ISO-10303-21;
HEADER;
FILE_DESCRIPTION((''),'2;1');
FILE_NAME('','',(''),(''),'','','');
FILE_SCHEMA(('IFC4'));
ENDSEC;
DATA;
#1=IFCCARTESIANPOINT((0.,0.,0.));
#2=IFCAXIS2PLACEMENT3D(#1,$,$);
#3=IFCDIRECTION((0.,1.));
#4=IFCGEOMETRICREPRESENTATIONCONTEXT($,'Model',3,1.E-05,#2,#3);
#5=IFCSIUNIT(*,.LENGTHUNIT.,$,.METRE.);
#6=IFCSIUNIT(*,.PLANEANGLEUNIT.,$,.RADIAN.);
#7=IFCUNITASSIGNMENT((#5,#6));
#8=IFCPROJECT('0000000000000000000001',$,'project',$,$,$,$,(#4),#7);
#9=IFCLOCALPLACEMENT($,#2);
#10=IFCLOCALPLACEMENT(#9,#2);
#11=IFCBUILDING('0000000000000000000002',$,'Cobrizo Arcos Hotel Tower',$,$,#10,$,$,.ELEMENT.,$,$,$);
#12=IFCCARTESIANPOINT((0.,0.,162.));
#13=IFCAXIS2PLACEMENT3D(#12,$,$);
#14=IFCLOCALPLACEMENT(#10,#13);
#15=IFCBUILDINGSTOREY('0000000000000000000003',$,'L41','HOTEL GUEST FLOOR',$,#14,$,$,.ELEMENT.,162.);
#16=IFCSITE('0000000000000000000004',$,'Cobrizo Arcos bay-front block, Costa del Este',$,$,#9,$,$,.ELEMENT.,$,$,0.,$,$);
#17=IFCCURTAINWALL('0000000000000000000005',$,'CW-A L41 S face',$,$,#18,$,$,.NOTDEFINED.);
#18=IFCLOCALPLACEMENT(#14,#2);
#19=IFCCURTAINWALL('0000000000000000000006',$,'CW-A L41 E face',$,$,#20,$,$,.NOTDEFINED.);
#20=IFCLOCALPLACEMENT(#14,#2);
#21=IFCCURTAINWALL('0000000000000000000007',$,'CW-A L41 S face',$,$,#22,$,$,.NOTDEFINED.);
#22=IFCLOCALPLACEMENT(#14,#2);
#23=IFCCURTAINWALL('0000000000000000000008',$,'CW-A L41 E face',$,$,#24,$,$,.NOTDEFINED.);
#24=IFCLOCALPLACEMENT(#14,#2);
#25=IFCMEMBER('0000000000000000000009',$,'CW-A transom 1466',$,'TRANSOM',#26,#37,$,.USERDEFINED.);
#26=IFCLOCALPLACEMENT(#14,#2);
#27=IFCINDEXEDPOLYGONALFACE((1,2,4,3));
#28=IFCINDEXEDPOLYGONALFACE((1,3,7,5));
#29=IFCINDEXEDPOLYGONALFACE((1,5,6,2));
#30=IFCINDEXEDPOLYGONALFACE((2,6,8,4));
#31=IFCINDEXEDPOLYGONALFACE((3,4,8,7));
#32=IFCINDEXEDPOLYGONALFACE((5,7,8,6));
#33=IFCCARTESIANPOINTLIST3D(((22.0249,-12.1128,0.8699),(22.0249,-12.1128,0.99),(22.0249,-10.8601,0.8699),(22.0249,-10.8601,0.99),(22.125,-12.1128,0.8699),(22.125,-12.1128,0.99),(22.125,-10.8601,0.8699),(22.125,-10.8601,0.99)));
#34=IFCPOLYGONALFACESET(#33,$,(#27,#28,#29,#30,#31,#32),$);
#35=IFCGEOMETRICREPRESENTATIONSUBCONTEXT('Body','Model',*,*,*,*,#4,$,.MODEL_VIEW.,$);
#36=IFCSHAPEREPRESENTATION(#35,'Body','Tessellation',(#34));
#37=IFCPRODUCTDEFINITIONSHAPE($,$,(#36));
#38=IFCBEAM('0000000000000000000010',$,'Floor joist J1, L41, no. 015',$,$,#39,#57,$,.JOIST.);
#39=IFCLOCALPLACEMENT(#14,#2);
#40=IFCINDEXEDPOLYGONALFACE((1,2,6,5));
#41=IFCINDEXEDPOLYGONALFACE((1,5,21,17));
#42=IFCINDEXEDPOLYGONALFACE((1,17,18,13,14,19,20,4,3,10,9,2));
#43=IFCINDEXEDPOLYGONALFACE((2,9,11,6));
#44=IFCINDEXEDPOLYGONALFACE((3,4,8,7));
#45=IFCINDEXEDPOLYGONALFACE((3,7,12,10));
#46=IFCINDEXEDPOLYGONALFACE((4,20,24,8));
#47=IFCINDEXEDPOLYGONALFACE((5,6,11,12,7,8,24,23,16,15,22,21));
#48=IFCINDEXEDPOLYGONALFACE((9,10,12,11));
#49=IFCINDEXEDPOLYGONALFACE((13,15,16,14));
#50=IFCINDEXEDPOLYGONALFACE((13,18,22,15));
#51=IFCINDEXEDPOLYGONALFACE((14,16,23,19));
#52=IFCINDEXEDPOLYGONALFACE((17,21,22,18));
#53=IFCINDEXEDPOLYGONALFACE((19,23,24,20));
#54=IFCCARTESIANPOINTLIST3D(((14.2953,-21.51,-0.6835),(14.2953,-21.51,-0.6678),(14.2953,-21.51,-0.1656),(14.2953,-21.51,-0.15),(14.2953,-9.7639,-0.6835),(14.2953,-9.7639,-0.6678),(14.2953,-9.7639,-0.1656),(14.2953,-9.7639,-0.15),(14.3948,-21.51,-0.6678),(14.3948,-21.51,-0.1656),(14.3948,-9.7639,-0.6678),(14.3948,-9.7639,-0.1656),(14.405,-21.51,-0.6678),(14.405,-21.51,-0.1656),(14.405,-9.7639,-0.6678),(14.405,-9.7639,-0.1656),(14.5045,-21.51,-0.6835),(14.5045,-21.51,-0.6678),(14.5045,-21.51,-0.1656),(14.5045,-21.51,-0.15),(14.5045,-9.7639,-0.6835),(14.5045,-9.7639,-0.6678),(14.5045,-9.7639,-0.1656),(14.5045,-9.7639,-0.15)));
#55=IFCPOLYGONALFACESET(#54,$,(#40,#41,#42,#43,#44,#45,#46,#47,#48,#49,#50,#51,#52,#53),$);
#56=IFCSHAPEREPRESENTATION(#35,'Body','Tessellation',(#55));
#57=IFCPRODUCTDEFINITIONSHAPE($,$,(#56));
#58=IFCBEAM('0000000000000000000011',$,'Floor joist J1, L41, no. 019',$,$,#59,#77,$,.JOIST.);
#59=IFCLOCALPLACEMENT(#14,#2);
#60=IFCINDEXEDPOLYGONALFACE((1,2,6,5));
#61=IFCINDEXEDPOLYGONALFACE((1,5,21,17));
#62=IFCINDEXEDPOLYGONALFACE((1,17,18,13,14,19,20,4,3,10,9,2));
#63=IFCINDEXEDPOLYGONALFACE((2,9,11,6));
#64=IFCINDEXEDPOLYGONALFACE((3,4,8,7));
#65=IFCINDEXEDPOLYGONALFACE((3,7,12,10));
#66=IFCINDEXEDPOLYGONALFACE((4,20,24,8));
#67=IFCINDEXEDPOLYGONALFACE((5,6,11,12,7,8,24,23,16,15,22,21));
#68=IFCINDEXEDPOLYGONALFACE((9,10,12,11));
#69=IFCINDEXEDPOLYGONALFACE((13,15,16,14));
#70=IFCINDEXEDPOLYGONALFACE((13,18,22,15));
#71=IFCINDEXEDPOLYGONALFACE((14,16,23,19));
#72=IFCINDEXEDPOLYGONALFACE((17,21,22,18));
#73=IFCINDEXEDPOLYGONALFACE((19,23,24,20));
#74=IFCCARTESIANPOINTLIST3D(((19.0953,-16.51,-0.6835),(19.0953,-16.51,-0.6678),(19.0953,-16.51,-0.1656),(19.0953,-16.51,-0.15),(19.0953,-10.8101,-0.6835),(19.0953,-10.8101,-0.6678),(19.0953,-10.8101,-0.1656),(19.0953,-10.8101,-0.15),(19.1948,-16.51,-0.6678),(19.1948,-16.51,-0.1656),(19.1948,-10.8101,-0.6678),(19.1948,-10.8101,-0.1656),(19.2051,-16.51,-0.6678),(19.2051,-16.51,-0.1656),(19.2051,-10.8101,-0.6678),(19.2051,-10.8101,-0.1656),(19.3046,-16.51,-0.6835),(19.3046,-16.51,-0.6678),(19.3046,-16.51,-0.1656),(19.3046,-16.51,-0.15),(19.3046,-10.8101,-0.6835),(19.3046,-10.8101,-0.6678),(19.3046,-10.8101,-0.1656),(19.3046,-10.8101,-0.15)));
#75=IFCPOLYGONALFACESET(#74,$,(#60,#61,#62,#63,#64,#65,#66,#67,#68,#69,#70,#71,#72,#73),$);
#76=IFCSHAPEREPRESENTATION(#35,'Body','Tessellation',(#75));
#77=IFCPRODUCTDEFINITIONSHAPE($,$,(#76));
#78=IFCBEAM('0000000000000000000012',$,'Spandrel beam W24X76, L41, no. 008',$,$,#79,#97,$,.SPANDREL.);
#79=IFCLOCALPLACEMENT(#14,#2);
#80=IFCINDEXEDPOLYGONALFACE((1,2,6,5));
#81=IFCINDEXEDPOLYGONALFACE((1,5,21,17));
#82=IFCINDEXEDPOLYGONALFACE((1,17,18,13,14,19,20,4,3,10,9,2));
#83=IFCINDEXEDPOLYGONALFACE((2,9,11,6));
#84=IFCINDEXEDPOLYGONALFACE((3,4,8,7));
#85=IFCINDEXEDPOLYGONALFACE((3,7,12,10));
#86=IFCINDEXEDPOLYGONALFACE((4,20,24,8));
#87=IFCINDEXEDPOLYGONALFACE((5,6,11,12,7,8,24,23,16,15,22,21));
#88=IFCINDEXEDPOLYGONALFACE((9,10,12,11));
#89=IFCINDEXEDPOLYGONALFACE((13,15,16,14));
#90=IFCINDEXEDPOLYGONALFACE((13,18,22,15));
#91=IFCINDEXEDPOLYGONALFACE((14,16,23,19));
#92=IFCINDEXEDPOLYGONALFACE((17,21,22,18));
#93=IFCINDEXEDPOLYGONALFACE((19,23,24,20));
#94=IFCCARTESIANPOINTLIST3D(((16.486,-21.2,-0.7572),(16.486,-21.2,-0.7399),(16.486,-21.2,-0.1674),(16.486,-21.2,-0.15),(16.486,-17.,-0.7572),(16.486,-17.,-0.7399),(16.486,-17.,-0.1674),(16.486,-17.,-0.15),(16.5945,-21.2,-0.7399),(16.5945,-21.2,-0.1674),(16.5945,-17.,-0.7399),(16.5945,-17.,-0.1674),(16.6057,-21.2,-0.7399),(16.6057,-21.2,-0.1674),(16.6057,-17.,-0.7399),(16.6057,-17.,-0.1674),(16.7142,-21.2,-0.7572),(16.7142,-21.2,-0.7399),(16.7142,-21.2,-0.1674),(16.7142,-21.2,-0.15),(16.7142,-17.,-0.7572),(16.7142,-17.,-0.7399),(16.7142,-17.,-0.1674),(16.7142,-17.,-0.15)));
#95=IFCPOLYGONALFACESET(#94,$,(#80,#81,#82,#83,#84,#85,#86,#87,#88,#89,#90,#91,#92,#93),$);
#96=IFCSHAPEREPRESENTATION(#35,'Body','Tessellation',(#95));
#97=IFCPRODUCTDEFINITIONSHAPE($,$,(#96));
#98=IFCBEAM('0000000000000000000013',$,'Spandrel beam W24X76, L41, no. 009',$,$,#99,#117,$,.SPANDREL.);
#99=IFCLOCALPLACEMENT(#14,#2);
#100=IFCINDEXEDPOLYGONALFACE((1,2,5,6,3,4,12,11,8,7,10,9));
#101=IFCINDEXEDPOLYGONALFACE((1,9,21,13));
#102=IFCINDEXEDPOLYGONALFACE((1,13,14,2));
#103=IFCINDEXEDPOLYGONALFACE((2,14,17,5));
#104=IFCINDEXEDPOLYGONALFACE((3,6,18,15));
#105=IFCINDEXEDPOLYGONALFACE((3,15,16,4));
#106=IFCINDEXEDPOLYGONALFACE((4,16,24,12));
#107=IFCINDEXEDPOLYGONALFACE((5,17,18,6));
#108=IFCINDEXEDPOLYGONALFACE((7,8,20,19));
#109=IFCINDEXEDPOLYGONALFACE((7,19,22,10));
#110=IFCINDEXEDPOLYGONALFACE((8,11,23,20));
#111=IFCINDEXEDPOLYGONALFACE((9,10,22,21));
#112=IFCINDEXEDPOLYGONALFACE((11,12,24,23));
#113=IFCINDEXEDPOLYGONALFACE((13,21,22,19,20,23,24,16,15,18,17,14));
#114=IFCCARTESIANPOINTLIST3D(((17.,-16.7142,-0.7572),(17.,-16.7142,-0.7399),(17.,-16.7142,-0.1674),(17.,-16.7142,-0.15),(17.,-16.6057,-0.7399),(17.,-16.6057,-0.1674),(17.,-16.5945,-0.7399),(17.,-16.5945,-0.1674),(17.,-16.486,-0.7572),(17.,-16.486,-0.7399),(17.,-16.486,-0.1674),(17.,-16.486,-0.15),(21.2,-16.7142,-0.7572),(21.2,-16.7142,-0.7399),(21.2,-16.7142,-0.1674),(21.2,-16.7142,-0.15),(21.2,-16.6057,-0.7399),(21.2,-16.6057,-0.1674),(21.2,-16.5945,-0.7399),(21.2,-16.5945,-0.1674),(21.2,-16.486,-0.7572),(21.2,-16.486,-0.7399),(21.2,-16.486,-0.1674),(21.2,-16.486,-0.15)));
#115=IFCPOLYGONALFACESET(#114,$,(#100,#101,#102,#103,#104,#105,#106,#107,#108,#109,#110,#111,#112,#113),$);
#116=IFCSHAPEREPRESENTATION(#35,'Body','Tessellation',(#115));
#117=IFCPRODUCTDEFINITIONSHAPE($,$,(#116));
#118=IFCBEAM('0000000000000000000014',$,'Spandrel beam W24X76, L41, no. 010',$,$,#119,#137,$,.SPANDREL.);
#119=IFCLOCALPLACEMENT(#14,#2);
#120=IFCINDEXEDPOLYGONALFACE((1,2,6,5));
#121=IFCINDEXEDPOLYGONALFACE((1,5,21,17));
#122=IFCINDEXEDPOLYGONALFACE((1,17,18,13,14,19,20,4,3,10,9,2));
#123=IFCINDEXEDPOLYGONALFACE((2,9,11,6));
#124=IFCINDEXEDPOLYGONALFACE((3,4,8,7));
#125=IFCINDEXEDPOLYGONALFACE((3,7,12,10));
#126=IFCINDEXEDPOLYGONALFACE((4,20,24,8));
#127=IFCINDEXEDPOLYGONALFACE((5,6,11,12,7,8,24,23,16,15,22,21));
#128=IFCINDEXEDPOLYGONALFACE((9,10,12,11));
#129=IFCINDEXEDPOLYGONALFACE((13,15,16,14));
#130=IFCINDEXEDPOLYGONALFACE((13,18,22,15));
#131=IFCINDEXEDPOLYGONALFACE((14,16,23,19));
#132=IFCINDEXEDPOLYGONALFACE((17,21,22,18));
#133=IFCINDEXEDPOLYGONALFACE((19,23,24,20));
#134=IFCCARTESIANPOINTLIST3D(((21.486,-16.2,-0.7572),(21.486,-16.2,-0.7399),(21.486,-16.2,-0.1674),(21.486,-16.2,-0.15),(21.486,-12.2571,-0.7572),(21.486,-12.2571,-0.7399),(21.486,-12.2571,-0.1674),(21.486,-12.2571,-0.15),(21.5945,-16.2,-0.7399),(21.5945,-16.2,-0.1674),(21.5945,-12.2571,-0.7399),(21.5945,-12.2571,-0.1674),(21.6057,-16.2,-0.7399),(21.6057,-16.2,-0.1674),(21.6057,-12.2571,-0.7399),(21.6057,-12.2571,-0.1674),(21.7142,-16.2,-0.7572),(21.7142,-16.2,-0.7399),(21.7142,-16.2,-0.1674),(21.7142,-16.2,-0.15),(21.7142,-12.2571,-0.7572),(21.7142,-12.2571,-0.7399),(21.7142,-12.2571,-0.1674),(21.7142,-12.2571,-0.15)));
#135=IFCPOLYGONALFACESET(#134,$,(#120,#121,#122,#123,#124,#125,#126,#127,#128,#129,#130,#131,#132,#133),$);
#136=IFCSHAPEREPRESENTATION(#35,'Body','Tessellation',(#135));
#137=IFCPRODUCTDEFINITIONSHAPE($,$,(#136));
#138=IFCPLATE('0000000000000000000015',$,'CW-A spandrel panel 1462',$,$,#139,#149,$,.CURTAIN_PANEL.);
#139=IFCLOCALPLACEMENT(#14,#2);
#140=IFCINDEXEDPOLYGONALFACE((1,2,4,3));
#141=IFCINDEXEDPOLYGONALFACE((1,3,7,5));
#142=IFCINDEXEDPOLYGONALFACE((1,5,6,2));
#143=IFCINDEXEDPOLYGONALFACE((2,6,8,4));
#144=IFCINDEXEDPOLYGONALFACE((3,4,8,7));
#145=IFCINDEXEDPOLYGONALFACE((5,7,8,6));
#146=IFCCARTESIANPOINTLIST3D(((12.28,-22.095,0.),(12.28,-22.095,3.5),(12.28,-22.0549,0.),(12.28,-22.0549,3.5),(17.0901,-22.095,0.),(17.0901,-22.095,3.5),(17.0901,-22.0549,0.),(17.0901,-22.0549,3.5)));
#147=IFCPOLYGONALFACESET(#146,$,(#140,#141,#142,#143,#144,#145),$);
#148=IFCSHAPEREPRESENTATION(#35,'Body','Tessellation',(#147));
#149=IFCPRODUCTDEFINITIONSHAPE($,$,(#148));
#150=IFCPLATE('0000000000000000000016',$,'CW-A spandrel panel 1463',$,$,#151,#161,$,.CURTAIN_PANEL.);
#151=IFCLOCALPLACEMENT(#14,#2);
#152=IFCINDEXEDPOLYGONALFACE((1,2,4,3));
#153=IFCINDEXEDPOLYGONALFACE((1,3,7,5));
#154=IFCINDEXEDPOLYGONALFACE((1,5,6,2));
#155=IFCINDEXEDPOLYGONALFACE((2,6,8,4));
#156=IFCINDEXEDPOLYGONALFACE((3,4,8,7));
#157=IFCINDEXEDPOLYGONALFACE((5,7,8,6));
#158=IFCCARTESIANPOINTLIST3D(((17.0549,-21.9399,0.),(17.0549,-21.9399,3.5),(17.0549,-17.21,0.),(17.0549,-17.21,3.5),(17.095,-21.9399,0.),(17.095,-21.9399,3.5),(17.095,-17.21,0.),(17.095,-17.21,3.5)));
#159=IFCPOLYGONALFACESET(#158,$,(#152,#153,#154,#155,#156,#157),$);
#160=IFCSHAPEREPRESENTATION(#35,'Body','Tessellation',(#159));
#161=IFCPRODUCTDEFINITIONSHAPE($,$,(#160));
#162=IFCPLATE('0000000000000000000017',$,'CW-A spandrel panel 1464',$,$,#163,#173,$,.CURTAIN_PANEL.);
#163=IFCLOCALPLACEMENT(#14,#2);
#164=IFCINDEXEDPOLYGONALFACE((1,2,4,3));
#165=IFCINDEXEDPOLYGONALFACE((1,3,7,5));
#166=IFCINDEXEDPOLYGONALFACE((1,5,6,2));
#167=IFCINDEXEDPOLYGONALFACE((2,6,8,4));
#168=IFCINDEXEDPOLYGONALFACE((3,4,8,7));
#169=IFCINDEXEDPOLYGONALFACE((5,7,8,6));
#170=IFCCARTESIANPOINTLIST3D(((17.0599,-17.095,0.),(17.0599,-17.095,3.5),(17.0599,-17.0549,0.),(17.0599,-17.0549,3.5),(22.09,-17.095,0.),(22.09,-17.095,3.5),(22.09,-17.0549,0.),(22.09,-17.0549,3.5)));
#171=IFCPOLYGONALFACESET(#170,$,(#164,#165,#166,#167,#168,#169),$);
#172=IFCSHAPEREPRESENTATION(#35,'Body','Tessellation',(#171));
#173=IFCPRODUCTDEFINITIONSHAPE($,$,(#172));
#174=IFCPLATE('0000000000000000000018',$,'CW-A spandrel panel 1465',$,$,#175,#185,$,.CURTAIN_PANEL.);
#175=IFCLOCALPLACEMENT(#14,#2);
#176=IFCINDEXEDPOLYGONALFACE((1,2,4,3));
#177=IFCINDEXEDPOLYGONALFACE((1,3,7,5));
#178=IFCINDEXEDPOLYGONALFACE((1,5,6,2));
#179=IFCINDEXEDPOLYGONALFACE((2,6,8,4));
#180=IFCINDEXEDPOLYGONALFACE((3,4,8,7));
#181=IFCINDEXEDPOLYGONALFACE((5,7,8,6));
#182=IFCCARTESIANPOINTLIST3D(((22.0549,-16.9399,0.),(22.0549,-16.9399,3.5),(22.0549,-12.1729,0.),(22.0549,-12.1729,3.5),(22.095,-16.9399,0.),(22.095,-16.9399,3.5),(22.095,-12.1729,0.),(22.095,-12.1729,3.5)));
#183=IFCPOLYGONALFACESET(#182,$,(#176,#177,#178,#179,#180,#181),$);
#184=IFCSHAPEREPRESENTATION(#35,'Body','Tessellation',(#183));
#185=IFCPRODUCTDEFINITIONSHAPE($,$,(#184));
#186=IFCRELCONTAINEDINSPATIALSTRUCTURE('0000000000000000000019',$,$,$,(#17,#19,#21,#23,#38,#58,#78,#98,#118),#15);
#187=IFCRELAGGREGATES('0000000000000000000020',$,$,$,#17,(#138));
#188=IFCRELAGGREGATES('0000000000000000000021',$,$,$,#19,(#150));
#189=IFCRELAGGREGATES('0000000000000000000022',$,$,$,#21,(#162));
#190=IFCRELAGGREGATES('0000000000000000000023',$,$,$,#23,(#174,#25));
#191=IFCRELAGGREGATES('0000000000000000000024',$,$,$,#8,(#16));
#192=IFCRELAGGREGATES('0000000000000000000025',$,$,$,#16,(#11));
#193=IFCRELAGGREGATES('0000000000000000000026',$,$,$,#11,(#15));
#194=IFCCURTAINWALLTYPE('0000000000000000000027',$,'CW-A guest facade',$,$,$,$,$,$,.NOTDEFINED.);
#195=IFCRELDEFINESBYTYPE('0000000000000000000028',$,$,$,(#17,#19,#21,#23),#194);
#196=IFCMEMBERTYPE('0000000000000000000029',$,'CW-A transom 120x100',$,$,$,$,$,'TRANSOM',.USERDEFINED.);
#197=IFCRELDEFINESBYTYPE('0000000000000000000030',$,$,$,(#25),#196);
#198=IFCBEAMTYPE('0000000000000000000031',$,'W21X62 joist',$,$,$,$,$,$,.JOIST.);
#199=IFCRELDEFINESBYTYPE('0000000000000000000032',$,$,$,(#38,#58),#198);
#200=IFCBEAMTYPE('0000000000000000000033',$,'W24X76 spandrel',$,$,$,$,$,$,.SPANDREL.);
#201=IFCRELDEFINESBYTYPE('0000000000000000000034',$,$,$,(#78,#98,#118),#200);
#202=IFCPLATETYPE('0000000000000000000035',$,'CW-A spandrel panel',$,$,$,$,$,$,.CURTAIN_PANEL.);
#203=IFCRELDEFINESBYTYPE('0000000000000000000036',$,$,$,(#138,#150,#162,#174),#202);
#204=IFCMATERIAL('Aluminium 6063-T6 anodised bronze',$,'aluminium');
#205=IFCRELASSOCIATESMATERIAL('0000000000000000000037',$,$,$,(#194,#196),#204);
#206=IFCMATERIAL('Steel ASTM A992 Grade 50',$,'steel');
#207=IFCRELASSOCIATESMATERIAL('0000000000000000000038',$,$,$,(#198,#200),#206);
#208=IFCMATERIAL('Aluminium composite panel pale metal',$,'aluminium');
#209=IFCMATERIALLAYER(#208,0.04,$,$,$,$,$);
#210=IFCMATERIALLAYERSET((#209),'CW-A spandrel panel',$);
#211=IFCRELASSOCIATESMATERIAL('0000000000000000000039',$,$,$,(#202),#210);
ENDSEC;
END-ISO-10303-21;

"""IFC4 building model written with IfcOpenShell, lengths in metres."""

from ifc_helpers import new_model, si_unit, direction, frame, origin, origin_2d, place, context, subcontext, project, spatial, rectangle, i_section, extrude, material, layer, layer_set, material_profile, profile_set, type_object, element, aggregate, save


model = new_model("IFC4")

# Units and contexts
model_context = context("Model", 3, precision=1e-05, world=origin(), true_north=direction((0.0, 1.0)))
body_context = subcontext(model_context, "Body", "Model", "MODEL_VIEW")
ifc_project = project(units=[si_unit("LENGTHUNIT", "METRE"), si_unit("PLANEANGLEUNIT", "RADIAN")], contexts=[model_context])

# Site, building, storey
site_placement = place(None, origin())
site = spatial("IfcSite", under=ifc_project, at=site_placement, Name="Cobrizo Arcos bay-front block, Costa del Este", CompositionType="ELEMENT", RefElevation=0.0)
building_placement = place(site_placement, origin())
building = spatial("IfcBuilding", under=site, at=building_placement, Name="Cobrizo Arcos Hotel Tower", CompositionType="ELEMENT")
storey_placement = place(building_placement, frame((0.0, 0.0, 162.0)))
storey = spatial("IfcBuildingStorey", under=building, at=storey_placement, Name="L41", Description="HOTEL GUEST FLOOR", CompositionType="ELEMENT", Elevation=162.0)

# Curtain wall
ifc_material_1 = material(Name="Aluminium 6063-T6 anodised bronze", Category="aluminium")
curtain_wall_type = type_object("IfcCurtainWallType", Name="CW-A guest facade", PredefinedType="NOTDEFINED", material=ifc_material_1)
curtain_wall_1_placement = place(storey_placement, origin())
curtain_wall_1 = element("IfcCurtainWall", 1, at=curtain_wall_1_placement, inside=storey, type_object=curtain_wall_type, Name="CW-A L41 S face", PredefinedType="NOTDEFINED")

# Curtain walls, member
curtain_wall_2_placement = place(storey_placement, origin())
curtain_wall_2 = element("IfcCurtainWall", 2, at=curtain_wall_2_placement, inside=storey, type_object=curtain_wall_type, Name="CW-A L41 E face", PredefinedType="NOTDEFINED")
curtain_wall_3_placement = place(storey_placement, origin())
curtain_wall_3 = element("IfcCurtainWall", 3, at=curtain_wall_3_placement, inside=storey, type_object=curtain_wall_type, Name="CW-A L41 S face", PredefinedType="NOTDEFINED")
curtain_wall_4_placement = place(storey_placement, origin())
curtain_wall_4 = element("IfcCurtainWall", 4, at=curtain_wall_4_placement, inside=storey, type_object=curtain_wall_type, Name="CW-A L41 E face", PredefinedType="NOTDEFINED")
ifc_material_profile_1 = material_profile(ifc_material_1, rectangle(XDim=0.1001, YDim=0.1201, at=origin_2d()), Name="CW-A transom 120x100")
ifc_profile_set_1 = profile_set([ifc_material_profile_1], Name="Aluminium 6063-T6 anodised bronze")
member_type_1 = type_object("IfcMemberType", Name="CW-A transom 120x100", ElementType="TRANSOM", PredefinedType="USERDEFINED", material=ifc_profile_set_1)
member_1_placement = place(storey_placement, frame((22.075, -12.1128, 0.9299), z_axis=(0.0, 1.0, 0.0), x_axis=(-1.0, 0.0, 0.0)))
member_1 = element("IfcMember", 5, at=member_1_placement, type_object=member_type_1, Name="CW-A transom 1466", ObjectType="TRANSOM", PredefinedType="USERDEFINED", context=body_context, shape_type="SweptSolid", body=[
    extrude(rectangle(XDim=0.1001, YDim=0.1201, at=origin_2d()), origin(), (0.0, 0.0, 1.0), 1.2527),
])

# Beams
ifc_material_2 = material(Name="Steel ASTM A992 Grade 50", Category="steel")
ifc_material_profile_2 = material_profile(ifc_material_2, i_section(OverallWidth=0.2092, OverallDepth=0.5334, WebThickness=0.0103, FlangeThickness=0.0156, at=origin_2d()), Name="W21X62")
ifc_profile_set_2 = profile_set([ifc_material_profile_2], Name="Steel ASTM A992 Grade 50")
beam_type_1 = type_object("IfcBeamType", Name="W21X62 joist", PredefinedType="JOIST", material=ifc_profile_set_2)
beam_1_placement = place(storey_placement, frame((14.3999, -21.51, -0.4167), z_axis=(0.0, 1.0, 0.0), x_axis=(-1.0, 0.0, 0.0)))
element("IfcBeam", 6, at=beam_1_placement, inside=storey, type_object=beam_type_1, Name="Floor joist J1, L41, no. 015", PredefinedType="JOIST", context=body_context, shape_type="SweptSolid", body=[
    extrude(i_section(OverallWidth=0.2092, OverallDepth=0.5334, WebThickness=0.0103, FlangeThickness=0.0156, at=origin_2d()), origin(), (0.0, 0.0, 1.0), 11.7461),
])
beam_2_placement = place(storey_placement, frame((19.2, -16.51, -0.4167), z_axis=(0.0, 1.0, 0.0), x_axis=(-1.0, 0.0, 0.0)))
element("IfcBeam", 7, at=beam_2_placement, inside=storey, type_object=beam_type_1, Name="Floor joist J1, L41, no. 019", PredefinedType="JOIST", context=body_context, shape_type="SweptSolid", body=[
    extrude(i_section(OverallWidth=0.2092, OverallDepth=0.5334, WebThickness=0.0103, FlangeThickness=0.0156, at=origin_2d()), origin(), (0.0, 0.0, 1.0), 5.7),
])
ifc_material_profile_3 = material_profile(ifc_material_2, i_section(OverallWidth=0.2283, OverallDepth=0.6072, WebThickness=0.0112, FlangeThickness=0.0173, at=origin_2d()), Name="W24X76")
ifc_profile_set_3 = profile_set([ifc_material_profile_3], Name="Steel ASTM A992 Grade 50")
beam_type_2 = type_object("IfcBeamType", Name="W24X76 spandrel", PredefinedType="SPANDREL", material=ifc_profile_set_3)
for number, where, z_axis, x_axis, name in (
    (8, (16.6001, -21.2, -0.4536), (0.0, 1.0, 0.0), (-1.0, 0.0, 0.0), "Spandrel beam W24X76, L41, no. 008"),
    (9, (17.0, -16.6001, -0.4536), (1.0, 0.0, 0.0), (0.0, 1.0, 0.0), "Spandrel beam W24X76, L41, no. 009"),
):
    element("IfcBeam", number, at=place(storey_placement, frame(where, z_axis=z_axis, x_axis=x_axis)), inside=storey, type_object=beam_type_2, Name=name, PredefinedType="SPANDREL", context=body_context, shape_type="SweptSolid", body=[
        extrude(i_section(OverallWidth=0.2283, OverallDepth=0.6072, WebThickness=0.0112, FlangeThickness=0.0173, at=origin_2d()), origin(), (0.0, 0.0, 1.0), 4.2),
    ])
beam_3_placement = place(storey_placement, frame((21.6001, -16.2, -0.4536), z_axis=(0.0, 1.0, 0.0), x_axis=(-1.0, 0.0, 0.0)))
element("IfcBeam", 10, at=beam_3_placement, inside=storey, type_object=beam_type_2, Name="Spandrel beam W24X76, L41, no. 010", PredefinedType="SPANDREL", context=body_context, shape_type="SweptSolid", body=[
    extrude(i_section(OverallWidth=0.2283, OverallDepth=0.6072, WebThickness=0.0112, FlangeThickness=0.0173, at=origin_2d()), origin(), (0.0, 0.0, 1.0), 3.9429),
])

# Plates
ifc_material_3 = material(Name="Aluminium composite panel pale metal", Category="aluminium")
ifc_layer_1 = layer(ifc_material_3, 0.04)
ifc_layer_set_1 = layer_set([ifc_layer_1], Name="CW-A spandrel panel")
plate_type = type_object("IfcPlateType", Name="CW-A spandrel panel", PredefinedType="CURTAIN_PANEL", material=ifc_layer_set_1)
plate_1_placement = place(storey_placement, frame((14.6851, -22.075, 0.0), z_axis=(0.0, 0.0, 1.0), x_axis=(1.0, 0.0, 0.0)))
plate_1 = element("IfcPlate", 11, at=plate_1_placement, type_object=plate_type, Name="CW-A spandrel panel 1462", PredefinedType="CURTAIN_PANEL", context=body_context, shape_type="SweptSolid", body=[
    extrude(rectangle(XDim=4.8101, YDim=0.04, at=origin_2d()), origin(), (0.0, 0.0, 1.0), 3.5),
])
aggregate(curtain_wall_1, [plate_1])
plate_2_placement = place(storey_placement, frame((17.075, -19.575, 0.0), z_axis=(0.0, 0.0, 1.0), x_axis=(0.0, 1.0, 0.0)))
plate_2 = element("IfcPlate", 12, at=plate_2_placement, type_object=plate_type, Name="CW-A spandrel panel 1463", PredefinedType="CURTAIN_PANEL", context=body_context, shape_type="SweptSolid", body=[
    extrude(rectangle(XDim=4.73, YDim=0.04, at=origin_2d()), origin(), (0.0, 0.0, 1.0), 3.5),
])
aggregate(curtain_wall_2, [plate_2])
plate_3_placement = place(storey_placement, frame((19.575, -17.075, 0.0), z_axis=(0.0, 0.0, 1.0), x_axis=(1.0, 0.0, 0.0)))
plate_3 = element("IfcPlate", 13, at=plate_3_placement, type_object=plate_type, Name="CW-A spandrel panel 1464", PredefinedType="CURTAIN_PANEL", context=body_context, shape_type="SweptSolid", body=[
    extrude(rectangle(XDim=5.03, YDim=0.04, at=origin_2d()), origin(), (0.0, 0.0, 1.0), 3.5),
])
aggregate(curtain_wall_3, [plate_3])
plate_4_placement = place(storey_placement, frame((22.075, -14.5564, 0.0), z_axis=(0.0, 0.0, 1.0), x_axis=(0.0, 1.0, 0.0)))
plate_4 = element("IfcPlate", 14, at=plate_4_placement, type_object=plate_type, Name="CW-A spandrel panel 1465", PredefinedType="CURTAIN_PANEL", context=body_context, shape_type="SweptSolid", body=[
    extrude(rectangle(XDim=4.7671, YDim=0.04, at=origin_2d()), origin(), (0.0, 0.0, 1.0), 3.5),
])
aggregate(curtain_wall_4, [plate_4, member_1])

save(model, "model.ifc")
